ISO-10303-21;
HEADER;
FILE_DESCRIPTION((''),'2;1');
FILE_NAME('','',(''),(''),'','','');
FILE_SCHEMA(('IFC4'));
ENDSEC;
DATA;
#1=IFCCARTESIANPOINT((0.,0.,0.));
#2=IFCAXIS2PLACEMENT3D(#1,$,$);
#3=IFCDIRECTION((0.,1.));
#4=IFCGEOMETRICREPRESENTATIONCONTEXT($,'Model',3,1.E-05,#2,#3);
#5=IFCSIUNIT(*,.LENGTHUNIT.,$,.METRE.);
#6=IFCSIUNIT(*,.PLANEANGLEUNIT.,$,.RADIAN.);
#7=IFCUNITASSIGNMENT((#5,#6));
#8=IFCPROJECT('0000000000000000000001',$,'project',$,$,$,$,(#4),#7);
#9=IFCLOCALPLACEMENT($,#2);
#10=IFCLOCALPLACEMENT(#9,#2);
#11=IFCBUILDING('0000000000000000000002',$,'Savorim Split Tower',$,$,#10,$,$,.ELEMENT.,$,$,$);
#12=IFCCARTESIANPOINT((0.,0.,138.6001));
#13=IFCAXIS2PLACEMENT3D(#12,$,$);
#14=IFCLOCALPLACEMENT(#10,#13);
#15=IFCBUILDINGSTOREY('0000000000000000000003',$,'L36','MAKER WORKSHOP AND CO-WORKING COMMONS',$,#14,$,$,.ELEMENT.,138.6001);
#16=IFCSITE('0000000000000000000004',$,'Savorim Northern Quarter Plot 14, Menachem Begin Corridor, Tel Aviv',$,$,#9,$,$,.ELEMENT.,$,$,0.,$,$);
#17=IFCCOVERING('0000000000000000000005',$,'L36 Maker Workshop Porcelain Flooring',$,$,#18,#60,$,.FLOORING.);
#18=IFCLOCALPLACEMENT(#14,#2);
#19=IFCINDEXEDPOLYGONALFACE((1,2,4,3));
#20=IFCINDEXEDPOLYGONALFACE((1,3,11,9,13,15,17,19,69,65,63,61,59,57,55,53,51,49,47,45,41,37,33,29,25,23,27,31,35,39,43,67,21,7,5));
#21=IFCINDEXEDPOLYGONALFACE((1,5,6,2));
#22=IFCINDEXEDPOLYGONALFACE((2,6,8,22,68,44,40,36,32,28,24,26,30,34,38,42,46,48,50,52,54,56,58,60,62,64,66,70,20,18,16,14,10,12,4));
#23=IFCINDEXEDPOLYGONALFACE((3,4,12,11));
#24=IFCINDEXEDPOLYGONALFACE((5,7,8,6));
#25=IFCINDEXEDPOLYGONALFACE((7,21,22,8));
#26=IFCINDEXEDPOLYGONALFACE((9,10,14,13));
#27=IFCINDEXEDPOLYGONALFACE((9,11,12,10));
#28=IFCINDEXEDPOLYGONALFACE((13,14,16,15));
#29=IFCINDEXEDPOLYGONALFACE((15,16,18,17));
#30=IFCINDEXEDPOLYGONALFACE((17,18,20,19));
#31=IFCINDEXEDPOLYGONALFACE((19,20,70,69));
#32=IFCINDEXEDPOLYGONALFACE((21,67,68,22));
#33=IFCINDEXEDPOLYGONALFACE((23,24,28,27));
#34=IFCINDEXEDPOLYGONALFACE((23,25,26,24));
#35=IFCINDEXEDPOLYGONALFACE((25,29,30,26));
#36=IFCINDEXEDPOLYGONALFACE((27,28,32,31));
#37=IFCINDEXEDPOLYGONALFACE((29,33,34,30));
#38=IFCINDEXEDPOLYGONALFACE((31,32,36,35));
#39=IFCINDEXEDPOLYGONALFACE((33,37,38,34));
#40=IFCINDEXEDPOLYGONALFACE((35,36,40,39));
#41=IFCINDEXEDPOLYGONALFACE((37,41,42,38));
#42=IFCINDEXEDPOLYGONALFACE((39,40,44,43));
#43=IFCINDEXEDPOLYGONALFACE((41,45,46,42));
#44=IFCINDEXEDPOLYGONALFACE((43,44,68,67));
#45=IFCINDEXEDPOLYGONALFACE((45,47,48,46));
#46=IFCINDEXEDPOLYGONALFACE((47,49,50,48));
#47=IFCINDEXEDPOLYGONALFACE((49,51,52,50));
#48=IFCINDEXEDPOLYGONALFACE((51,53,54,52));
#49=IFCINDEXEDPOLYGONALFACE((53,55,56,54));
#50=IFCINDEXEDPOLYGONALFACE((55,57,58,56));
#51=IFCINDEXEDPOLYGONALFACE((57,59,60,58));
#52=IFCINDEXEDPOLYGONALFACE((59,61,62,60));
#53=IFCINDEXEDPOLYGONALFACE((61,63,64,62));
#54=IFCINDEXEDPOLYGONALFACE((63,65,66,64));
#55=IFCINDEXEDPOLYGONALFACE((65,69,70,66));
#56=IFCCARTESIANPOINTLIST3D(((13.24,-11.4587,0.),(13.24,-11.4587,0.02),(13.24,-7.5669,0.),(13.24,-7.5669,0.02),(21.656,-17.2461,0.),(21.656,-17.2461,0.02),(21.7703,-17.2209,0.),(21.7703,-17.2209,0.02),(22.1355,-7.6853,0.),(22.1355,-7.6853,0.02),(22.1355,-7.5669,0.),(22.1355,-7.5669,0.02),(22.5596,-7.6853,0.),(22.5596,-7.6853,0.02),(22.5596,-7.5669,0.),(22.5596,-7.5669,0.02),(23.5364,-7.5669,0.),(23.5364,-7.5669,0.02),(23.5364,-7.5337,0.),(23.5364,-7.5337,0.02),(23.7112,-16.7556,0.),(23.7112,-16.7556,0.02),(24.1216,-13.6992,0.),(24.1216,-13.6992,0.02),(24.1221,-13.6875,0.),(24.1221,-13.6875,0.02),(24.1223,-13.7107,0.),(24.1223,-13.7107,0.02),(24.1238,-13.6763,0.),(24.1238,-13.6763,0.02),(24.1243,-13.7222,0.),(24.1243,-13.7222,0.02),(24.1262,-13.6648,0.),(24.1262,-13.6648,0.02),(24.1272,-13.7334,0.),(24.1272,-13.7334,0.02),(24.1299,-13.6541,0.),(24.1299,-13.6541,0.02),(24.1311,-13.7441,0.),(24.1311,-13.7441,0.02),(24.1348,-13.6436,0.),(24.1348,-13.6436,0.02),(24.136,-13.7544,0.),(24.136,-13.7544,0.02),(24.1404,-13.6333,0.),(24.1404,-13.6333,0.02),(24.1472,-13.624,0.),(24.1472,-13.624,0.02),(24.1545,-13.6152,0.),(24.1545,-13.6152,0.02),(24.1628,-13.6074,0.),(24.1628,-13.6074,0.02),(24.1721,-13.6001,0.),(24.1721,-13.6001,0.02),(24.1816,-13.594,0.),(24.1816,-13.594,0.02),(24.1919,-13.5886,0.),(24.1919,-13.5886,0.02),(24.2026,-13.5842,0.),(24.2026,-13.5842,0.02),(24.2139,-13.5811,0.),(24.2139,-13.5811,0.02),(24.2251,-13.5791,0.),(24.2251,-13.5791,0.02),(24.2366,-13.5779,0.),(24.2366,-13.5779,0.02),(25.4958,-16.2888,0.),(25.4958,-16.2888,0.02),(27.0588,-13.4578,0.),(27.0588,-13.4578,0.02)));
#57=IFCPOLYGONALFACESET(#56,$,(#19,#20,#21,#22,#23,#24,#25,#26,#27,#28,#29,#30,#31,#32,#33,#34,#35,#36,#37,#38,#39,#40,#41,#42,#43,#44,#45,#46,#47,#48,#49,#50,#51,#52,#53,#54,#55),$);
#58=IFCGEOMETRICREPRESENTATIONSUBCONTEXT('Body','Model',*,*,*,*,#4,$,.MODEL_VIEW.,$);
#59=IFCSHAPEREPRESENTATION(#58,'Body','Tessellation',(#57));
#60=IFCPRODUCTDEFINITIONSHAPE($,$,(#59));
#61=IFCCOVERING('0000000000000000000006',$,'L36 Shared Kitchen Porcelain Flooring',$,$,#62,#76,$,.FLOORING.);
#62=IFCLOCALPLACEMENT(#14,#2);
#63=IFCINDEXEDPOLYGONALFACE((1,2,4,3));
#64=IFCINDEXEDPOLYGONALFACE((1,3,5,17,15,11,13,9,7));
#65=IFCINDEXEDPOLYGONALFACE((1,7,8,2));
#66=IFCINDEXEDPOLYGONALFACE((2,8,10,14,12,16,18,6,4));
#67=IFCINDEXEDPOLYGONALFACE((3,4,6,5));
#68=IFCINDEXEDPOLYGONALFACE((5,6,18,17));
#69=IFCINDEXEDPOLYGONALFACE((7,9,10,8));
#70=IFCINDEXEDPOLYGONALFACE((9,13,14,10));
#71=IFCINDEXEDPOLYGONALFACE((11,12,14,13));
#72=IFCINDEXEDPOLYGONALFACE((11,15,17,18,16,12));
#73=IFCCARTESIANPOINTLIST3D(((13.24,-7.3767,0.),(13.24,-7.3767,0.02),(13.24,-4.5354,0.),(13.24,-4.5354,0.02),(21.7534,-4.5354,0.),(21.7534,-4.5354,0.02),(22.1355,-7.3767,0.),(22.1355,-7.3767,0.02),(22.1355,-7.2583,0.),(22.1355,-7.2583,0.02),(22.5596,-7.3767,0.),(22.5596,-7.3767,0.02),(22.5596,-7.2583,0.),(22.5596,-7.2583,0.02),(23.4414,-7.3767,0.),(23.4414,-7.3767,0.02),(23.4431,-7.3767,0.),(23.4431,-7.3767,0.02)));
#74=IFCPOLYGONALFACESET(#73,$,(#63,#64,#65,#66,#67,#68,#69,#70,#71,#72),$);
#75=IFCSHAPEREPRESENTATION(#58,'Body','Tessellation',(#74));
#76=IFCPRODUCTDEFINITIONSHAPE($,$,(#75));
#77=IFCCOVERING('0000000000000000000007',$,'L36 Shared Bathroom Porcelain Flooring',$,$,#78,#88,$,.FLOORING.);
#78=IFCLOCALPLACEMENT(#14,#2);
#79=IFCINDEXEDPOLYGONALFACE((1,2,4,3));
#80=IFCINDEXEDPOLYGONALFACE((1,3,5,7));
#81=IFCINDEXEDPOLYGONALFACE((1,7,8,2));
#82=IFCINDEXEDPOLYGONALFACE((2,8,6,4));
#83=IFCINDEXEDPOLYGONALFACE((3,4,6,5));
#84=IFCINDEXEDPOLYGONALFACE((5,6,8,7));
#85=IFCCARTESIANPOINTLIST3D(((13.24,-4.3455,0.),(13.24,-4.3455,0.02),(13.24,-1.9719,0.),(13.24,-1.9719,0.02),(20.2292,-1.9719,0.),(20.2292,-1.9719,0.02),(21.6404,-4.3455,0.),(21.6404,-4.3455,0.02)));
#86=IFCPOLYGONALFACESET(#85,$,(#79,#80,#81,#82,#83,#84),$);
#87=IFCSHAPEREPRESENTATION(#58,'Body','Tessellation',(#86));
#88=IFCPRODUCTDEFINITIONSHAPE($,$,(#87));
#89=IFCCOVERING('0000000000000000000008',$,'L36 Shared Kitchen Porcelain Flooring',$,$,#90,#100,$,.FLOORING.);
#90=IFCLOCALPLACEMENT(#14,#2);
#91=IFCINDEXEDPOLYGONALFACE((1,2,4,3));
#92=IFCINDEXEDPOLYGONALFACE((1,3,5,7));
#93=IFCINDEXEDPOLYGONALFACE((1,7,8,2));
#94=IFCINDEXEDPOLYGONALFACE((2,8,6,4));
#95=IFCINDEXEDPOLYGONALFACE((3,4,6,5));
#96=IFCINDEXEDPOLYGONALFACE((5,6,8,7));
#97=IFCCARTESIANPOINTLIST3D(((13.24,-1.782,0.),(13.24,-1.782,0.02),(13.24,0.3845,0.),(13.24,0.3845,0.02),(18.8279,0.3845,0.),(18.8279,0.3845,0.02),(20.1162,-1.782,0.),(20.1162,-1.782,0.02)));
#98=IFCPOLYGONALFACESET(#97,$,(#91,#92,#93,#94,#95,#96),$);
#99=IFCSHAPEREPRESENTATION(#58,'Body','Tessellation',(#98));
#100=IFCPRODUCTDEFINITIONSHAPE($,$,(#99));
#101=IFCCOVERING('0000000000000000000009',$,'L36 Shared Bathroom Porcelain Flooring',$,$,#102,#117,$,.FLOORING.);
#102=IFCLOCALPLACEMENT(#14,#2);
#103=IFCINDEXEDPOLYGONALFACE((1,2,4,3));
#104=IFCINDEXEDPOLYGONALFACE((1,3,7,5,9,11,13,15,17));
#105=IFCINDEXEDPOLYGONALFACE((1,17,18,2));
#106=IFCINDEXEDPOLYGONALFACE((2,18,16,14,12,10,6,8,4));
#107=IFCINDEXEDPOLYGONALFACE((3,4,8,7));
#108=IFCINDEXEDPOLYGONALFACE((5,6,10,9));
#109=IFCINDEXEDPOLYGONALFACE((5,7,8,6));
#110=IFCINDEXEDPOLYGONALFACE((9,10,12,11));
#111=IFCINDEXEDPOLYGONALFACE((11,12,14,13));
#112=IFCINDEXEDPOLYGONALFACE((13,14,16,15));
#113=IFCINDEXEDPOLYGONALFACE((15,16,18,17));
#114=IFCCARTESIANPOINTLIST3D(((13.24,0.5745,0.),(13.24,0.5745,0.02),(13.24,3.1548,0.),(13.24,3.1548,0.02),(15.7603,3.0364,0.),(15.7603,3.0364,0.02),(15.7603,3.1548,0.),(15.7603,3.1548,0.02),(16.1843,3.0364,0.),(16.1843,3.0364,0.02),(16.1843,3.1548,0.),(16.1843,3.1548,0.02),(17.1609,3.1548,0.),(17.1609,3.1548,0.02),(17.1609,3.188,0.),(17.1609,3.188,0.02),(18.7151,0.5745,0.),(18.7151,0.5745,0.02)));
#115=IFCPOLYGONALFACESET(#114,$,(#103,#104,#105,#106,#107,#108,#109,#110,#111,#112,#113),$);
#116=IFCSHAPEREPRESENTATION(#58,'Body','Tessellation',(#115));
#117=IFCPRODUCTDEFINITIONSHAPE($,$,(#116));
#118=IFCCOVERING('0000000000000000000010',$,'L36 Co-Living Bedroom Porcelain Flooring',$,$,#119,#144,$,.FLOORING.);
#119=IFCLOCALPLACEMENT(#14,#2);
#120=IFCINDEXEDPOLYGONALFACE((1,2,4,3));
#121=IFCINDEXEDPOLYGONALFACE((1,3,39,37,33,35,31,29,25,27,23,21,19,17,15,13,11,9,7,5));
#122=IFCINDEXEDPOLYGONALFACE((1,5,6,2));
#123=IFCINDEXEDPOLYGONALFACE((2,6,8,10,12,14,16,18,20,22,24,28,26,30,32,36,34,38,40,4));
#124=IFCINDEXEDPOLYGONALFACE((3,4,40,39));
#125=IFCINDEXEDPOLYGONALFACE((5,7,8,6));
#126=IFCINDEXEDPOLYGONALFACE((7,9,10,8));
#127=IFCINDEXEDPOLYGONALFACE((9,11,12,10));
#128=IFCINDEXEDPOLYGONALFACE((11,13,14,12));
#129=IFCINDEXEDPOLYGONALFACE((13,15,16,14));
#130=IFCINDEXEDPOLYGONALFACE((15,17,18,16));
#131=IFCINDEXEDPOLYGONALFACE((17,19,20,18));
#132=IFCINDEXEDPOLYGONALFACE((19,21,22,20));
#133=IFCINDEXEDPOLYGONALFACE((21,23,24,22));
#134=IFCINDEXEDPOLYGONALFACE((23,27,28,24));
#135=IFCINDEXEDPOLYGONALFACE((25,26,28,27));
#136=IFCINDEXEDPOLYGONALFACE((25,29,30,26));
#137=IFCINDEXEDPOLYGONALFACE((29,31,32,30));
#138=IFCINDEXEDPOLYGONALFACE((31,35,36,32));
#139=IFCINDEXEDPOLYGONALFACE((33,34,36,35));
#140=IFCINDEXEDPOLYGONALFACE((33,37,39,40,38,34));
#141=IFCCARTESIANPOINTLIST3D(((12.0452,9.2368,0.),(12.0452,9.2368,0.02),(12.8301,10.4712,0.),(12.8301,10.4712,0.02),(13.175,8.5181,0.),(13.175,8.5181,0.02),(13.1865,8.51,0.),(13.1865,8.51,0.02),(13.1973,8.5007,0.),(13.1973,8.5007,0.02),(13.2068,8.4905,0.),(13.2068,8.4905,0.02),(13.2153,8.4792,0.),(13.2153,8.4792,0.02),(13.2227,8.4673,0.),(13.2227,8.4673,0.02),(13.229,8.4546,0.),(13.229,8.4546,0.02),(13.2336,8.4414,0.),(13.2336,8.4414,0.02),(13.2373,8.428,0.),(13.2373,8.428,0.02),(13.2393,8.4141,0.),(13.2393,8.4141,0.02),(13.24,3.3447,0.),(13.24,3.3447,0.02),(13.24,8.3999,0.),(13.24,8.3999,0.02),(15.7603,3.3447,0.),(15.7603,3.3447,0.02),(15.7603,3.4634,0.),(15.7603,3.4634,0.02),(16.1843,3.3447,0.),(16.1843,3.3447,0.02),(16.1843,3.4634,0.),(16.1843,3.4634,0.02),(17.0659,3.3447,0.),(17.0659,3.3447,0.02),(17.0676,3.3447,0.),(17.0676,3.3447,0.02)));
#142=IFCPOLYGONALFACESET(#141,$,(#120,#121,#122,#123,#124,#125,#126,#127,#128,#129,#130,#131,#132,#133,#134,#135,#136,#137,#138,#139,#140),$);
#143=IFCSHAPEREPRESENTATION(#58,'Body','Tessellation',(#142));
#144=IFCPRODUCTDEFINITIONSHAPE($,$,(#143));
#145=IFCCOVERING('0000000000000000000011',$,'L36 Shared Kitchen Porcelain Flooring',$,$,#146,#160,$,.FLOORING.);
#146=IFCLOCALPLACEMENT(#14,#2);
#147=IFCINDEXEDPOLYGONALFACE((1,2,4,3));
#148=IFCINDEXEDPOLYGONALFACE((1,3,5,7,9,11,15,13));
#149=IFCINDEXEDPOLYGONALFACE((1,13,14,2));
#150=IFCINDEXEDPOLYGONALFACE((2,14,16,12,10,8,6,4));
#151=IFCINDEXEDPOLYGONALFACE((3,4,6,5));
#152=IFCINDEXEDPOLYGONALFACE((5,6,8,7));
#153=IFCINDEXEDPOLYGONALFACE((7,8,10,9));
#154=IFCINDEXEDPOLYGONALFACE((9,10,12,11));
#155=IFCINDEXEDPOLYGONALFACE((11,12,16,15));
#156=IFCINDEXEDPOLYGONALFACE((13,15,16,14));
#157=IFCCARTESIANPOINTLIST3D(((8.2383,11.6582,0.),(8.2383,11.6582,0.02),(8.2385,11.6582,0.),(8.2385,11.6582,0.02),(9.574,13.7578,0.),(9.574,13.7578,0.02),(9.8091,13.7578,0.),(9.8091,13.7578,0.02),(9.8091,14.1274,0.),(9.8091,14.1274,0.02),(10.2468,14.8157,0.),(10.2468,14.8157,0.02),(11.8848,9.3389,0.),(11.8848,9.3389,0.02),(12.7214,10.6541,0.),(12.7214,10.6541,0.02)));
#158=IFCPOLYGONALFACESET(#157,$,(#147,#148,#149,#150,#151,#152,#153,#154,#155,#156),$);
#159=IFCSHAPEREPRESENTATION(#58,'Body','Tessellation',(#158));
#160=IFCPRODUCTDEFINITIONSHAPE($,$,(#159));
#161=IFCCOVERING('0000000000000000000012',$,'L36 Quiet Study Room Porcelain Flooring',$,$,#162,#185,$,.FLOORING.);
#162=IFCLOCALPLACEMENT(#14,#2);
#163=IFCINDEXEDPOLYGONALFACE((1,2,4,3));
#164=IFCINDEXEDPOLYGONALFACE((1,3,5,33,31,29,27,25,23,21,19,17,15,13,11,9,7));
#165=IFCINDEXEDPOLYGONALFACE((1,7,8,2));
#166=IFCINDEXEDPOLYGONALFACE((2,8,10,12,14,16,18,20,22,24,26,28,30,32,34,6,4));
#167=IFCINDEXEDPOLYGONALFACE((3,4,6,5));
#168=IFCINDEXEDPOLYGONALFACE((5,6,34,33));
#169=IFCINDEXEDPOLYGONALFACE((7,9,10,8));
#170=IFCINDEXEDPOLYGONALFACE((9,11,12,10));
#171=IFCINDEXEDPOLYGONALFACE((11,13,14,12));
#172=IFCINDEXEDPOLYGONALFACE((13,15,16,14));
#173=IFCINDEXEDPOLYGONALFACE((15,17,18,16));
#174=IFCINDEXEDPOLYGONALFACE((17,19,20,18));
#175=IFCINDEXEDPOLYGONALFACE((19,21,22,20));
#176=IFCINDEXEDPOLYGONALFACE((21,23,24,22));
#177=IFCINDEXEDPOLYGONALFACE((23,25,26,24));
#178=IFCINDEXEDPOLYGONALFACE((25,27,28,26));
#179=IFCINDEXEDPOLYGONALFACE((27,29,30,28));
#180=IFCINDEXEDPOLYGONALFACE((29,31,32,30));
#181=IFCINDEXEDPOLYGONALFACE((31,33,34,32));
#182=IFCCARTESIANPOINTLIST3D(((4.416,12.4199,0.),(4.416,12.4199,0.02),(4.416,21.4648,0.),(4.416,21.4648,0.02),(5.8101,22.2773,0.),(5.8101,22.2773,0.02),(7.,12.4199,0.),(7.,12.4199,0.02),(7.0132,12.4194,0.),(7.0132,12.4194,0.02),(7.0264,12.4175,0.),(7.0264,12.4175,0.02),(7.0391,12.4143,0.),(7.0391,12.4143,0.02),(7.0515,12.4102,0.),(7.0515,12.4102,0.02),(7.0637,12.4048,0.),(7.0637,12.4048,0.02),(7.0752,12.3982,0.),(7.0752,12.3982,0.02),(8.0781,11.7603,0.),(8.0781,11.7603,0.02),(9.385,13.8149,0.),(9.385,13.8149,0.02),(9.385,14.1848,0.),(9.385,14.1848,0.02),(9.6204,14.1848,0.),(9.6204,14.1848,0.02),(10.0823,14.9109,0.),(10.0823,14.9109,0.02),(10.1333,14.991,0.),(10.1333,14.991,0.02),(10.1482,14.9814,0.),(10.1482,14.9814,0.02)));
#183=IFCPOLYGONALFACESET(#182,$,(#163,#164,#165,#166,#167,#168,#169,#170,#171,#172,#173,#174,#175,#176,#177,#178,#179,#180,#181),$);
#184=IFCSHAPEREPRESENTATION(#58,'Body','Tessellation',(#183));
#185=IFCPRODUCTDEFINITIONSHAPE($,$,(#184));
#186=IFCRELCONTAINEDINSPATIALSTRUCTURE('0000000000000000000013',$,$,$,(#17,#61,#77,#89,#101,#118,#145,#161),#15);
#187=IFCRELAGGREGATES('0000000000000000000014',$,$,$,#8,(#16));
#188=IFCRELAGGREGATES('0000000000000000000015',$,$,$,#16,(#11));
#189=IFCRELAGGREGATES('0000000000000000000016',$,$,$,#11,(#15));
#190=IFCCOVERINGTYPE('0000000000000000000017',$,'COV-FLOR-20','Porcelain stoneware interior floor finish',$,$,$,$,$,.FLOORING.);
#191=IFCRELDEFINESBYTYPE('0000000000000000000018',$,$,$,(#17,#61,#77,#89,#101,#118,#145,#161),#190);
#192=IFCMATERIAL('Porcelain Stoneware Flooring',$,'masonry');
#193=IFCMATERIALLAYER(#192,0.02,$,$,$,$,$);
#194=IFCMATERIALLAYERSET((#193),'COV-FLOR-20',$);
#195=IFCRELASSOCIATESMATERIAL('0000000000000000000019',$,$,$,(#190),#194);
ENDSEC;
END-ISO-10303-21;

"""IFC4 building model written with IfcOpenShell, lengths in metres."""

from ifc_helpers import new_model, si_unit, direction, frame, origin, place, context, subcontext, project, spatial, polyline, outline, extrude, material, layer, layer_set, type_object, element, save


model = new_model("IFC4")

# Units and contexts
model_context = context("Model", 3, precision=1e-05, world=origin(), true_north=direction((0.0, 1.0)))
body_context = subcontext(model_context, "Body", "Model", "MODEL_VIEW")
ifc_project = project(units=[si_unit("LENGTHUNIT", "METRE"), si_unit("PLANEANGLEUNIT", "RADIAN")], contexts=[model_context])

# Site, building, storey
site_placement = place(None, origin())
site = spatial("IfcSite", under=ifc_project, at=site_placement, Name="Savorim Northern Quarter Plot 14, Menachem Begin Corridor, Tel Aviv", CompositionType="ELEMENT", RefElevation=0.0)
building_placement = place(site_placement, origin())
building = spatial("IfcBuilding", under=site, at=building_placement, Name="Savorim Split Tower", CompositionType="ELEMENT")
storey_placement = place(building_placement, frame((0.0, 0.0, 138.6001)))
storey = spatial("IfcBuildingStorey", under=building, at=storey_placement, Name="L36", Description="MAKER WORKSHOP AND CO-WORKING COMMONS", CompositionType="ELEMENT", Elevation=138.6001)

# Coverings
ifc_material_1 = material(Name="Porcelain Stoneware Flooring", Category="masonry")
ifc_layer_1 = layer(ifc_material_1, 0.02)
ifc_layer_set_1 = layer_set([ifc_layer_1], Name="COV-FLOR-20")
covering_type_1 = type_object("IfcCoveringType", Name="COV-FLOR-20", Description="Porcelain stoneware interior floor finish", PredefinedType="FLOORING", material=ifc_layer_set_1)
covering_1_placement = place(storey_placement, origin())
element("IfcCovering", 1, at=covering_1_placement, inside=storey, type_object=covering_type_1, Name="L36 Maker Workshop Porcelain Flooring", PredefinedType="FLOORING", context=body_context, shape_type="SweptSolid", body=[
    extrude(outline(polyline([(24.2139, -13.5811), (24.2251, -13.5791), (24.2366, -13.5779), (27.0588, -13.4578), (23.5364, -7.5337), (23.5364, -7.5669), (22.5596, -7.5669), (22.5596, -7.6853), (22.1355, -7.6853), (22.1355, -7.5669), (13.24, -7.5669), (13.24, -11.4587), (21.656, -17.2461), (21.7703, -17.2209), (23.7112, -16.7556), (25.4958, -16.2888), (24.136, -13.7544), (24.1311, -13.7441), (24.1272, -13.7334), (24.1243, -13.7222), (24.1223, -13.7107), (24.1216, -13.6992), (24.1221, -13.6875), (24.1238, -13.6763), (24.1262, -13.6648), (24.1299, -13.6541), (24.1348, -13.6436), (24.1404, -13.6333), (24.1472, -13.624), (24.1545, -13.6152), (24.1628, -13.6074), (24.1721, -13.6001), (24.1816, -13.594), (24.1919, -13.5886), (24.2026, -13.5842), (24.2139, -13.5811)])), origin(), (0.0, 0.0, 1.0), 0.02),
])
covering_2_placement = place(storey_placement, origin())
element("IfcCovering", 2, at=covering_2_placement, inside=storey, type_object=covering_type_1, Name="L36 Shared Kitchen Porcelain Flooring", PredefinedType="FLOORING", context=body_context, shape_type="SweptSolid", body=[
    extrude(outline(polyline([(22.5596, -7.2583), (22.5596, -7.3767), (23.4414, -7.3767), (23.4431, -7.3767), (21.7534, -4.5354), (13.24, -4.5354), (13.24, -7.3767), (22.1355, -7.3767), (22.1355, -7.2583), (22.5596, -7.2583)])), origin(), (0.0, 0.0, 1.0), 0.02),
])
covering_3_placement = place(storey_placement, origin())
element("IfcCovering", 3, at=covering_3_placement, inside=storey, type_object=covering_type_1, Name="L36 Shared Bathroom Porcelain Flooring", PredefinedType="FLOORING", context=body_context, shape_type="SweptSolid", body=[
    extrude(outline(polyline([(21.6404, -4.3455), (20.2292, -1.9719), (13.24, -1.9719), (13.24, -4.3455), (21.6404, -4.3455)])), origin(), (0.0, 0.0, 1.0), 0.02),
])
covering_4_placement = place(storey_placement, origin())
element("IfcCovering", 4, at=covering_4_placement, inside=storey, type_object=covering_type_1, Name="L36 Shared Kitchen Porcelain Flooring", PredefinedType="FLOORING", context=body_context, shape_type="SweptSolid", body=[
    extrude(outline(polyline([(20.1162, -1.782), (18.8279, 0.3845), (13.24, 0.3845), (13.24, -1.782), (20.1162, -1.782)])), origin(), (0.0, 0.0, 1.0), 0.02),
])
covering_5_placement = place(storey_placement, origin())
element("IfcCovering", 5, at=covering_5_placement, inside=storey, type_object=covering_type_1, Name="L36 Shared Bathroom Porcelain Flooring", PredefinedType="FLOORING", context=body_context, shape_type="SweptSolid", body=[
    extrude(outline(polyline([(15.7603, 3.0364), (15.7603, 3.1548), (13.24, 3.1548), (13.24, 0.5745), (18.7151, 0.5745), (17.1609, 3.188), (17.1609, 3.1548), (16.1843, 3.1548), (16.1843, 3.0364), (15.7603, 3.0364)])), origin(), (0.0, 0.0, 1.0), 0.02),
])
covering_6_placement = place(storey_placement, origin())
element("IfcCovering", 6, at=covering_6_placement, inside=storey, type_object=covering_type_1, Name="L36 Co-Living Bedroom Porcelain Flooring", PredefinedType="FLOORING", context=body_context, shape_type="SweptSolid", body=[
    extrude(outline(polyline([(16.1843, 3.4634), (16.1843, 3.3447), (17.0659, 3.3447), (17.0676, 3.3447), (12.8301, 10.4712), (12.0452, 9.2368), (13.175, 8.5181), (13.1865, 8.51), (13.1973, 8.5007), (13.2068, 8.4905), (13.2153, 8.4792), (13.2227, 8.4673), (13.229, 8.4546), (13.2336, 8.4414), (13.2373, 8.428), (13.2393, 8.4141), (13.24, 8.3999), (13.24, 3.3447), (15.7603, 3.3447), (15.7603, 3.4634), (16.1843, 3.4634)])), origin(), (0.0, 0.0, 1.0), 0.02),
])
covering_7_placement = place(storey_placement, origin())
element("IfcCovering", 7, at=covering_7_placement, inside=storey, type_object=covering_type_1, Name="L36 Shared Kitchen Porcelain Flooring", PredefinedType="FLOORING", context=body_context, shape_type="SweptSolid", body=[
    extrude(outline(polyline([(9.574, 13.7578), (8.2385, 11.6582), (8.2383, 11.6582), (11.8848, 9.3389), (12.7214, 10.6541), (10.2468, 14.8157), (9.8091, 14.1274), (9.8091, 13.7578), (9.574, 13.7578)])), origin(), (0.0, 0.0, 1.0), 0.02),
])
covering_8_placement = place(storey_placement, origin())
element("IfcCovering", 8, at=covering_8_placement, inside=storey, type_object=covering_type_1, Name="L36 Quiet Study Room Porcelain Flooring", PredefinedType="FLOORING", context=body_context, shape_type="SweptSolid", body=[
    extrude(outline(polyline([(10.1333, 14.991), (10.1482, 14.9814), (5.8101, 22.2773), (4.416, 21.4648), (4.416, 12.4199), (7.0, 12.4199), (7.0132, 12.4194), (7.0264, 12.4175), (7.0391, 12.4143), (7.0515, 12.4102), (7.0637, 12.4048), (7.0752, 12.3982), (8.0781, 11.7603), (9.385, 13.8149), (9.385, 14.1848), (9.6204, 14.1848), (10.0823, 14.9109), (10.1333, 14.991)])), origin(), (0.0, 0.0, 1.0), 0.02),
])

save(model, "model.ifc")
